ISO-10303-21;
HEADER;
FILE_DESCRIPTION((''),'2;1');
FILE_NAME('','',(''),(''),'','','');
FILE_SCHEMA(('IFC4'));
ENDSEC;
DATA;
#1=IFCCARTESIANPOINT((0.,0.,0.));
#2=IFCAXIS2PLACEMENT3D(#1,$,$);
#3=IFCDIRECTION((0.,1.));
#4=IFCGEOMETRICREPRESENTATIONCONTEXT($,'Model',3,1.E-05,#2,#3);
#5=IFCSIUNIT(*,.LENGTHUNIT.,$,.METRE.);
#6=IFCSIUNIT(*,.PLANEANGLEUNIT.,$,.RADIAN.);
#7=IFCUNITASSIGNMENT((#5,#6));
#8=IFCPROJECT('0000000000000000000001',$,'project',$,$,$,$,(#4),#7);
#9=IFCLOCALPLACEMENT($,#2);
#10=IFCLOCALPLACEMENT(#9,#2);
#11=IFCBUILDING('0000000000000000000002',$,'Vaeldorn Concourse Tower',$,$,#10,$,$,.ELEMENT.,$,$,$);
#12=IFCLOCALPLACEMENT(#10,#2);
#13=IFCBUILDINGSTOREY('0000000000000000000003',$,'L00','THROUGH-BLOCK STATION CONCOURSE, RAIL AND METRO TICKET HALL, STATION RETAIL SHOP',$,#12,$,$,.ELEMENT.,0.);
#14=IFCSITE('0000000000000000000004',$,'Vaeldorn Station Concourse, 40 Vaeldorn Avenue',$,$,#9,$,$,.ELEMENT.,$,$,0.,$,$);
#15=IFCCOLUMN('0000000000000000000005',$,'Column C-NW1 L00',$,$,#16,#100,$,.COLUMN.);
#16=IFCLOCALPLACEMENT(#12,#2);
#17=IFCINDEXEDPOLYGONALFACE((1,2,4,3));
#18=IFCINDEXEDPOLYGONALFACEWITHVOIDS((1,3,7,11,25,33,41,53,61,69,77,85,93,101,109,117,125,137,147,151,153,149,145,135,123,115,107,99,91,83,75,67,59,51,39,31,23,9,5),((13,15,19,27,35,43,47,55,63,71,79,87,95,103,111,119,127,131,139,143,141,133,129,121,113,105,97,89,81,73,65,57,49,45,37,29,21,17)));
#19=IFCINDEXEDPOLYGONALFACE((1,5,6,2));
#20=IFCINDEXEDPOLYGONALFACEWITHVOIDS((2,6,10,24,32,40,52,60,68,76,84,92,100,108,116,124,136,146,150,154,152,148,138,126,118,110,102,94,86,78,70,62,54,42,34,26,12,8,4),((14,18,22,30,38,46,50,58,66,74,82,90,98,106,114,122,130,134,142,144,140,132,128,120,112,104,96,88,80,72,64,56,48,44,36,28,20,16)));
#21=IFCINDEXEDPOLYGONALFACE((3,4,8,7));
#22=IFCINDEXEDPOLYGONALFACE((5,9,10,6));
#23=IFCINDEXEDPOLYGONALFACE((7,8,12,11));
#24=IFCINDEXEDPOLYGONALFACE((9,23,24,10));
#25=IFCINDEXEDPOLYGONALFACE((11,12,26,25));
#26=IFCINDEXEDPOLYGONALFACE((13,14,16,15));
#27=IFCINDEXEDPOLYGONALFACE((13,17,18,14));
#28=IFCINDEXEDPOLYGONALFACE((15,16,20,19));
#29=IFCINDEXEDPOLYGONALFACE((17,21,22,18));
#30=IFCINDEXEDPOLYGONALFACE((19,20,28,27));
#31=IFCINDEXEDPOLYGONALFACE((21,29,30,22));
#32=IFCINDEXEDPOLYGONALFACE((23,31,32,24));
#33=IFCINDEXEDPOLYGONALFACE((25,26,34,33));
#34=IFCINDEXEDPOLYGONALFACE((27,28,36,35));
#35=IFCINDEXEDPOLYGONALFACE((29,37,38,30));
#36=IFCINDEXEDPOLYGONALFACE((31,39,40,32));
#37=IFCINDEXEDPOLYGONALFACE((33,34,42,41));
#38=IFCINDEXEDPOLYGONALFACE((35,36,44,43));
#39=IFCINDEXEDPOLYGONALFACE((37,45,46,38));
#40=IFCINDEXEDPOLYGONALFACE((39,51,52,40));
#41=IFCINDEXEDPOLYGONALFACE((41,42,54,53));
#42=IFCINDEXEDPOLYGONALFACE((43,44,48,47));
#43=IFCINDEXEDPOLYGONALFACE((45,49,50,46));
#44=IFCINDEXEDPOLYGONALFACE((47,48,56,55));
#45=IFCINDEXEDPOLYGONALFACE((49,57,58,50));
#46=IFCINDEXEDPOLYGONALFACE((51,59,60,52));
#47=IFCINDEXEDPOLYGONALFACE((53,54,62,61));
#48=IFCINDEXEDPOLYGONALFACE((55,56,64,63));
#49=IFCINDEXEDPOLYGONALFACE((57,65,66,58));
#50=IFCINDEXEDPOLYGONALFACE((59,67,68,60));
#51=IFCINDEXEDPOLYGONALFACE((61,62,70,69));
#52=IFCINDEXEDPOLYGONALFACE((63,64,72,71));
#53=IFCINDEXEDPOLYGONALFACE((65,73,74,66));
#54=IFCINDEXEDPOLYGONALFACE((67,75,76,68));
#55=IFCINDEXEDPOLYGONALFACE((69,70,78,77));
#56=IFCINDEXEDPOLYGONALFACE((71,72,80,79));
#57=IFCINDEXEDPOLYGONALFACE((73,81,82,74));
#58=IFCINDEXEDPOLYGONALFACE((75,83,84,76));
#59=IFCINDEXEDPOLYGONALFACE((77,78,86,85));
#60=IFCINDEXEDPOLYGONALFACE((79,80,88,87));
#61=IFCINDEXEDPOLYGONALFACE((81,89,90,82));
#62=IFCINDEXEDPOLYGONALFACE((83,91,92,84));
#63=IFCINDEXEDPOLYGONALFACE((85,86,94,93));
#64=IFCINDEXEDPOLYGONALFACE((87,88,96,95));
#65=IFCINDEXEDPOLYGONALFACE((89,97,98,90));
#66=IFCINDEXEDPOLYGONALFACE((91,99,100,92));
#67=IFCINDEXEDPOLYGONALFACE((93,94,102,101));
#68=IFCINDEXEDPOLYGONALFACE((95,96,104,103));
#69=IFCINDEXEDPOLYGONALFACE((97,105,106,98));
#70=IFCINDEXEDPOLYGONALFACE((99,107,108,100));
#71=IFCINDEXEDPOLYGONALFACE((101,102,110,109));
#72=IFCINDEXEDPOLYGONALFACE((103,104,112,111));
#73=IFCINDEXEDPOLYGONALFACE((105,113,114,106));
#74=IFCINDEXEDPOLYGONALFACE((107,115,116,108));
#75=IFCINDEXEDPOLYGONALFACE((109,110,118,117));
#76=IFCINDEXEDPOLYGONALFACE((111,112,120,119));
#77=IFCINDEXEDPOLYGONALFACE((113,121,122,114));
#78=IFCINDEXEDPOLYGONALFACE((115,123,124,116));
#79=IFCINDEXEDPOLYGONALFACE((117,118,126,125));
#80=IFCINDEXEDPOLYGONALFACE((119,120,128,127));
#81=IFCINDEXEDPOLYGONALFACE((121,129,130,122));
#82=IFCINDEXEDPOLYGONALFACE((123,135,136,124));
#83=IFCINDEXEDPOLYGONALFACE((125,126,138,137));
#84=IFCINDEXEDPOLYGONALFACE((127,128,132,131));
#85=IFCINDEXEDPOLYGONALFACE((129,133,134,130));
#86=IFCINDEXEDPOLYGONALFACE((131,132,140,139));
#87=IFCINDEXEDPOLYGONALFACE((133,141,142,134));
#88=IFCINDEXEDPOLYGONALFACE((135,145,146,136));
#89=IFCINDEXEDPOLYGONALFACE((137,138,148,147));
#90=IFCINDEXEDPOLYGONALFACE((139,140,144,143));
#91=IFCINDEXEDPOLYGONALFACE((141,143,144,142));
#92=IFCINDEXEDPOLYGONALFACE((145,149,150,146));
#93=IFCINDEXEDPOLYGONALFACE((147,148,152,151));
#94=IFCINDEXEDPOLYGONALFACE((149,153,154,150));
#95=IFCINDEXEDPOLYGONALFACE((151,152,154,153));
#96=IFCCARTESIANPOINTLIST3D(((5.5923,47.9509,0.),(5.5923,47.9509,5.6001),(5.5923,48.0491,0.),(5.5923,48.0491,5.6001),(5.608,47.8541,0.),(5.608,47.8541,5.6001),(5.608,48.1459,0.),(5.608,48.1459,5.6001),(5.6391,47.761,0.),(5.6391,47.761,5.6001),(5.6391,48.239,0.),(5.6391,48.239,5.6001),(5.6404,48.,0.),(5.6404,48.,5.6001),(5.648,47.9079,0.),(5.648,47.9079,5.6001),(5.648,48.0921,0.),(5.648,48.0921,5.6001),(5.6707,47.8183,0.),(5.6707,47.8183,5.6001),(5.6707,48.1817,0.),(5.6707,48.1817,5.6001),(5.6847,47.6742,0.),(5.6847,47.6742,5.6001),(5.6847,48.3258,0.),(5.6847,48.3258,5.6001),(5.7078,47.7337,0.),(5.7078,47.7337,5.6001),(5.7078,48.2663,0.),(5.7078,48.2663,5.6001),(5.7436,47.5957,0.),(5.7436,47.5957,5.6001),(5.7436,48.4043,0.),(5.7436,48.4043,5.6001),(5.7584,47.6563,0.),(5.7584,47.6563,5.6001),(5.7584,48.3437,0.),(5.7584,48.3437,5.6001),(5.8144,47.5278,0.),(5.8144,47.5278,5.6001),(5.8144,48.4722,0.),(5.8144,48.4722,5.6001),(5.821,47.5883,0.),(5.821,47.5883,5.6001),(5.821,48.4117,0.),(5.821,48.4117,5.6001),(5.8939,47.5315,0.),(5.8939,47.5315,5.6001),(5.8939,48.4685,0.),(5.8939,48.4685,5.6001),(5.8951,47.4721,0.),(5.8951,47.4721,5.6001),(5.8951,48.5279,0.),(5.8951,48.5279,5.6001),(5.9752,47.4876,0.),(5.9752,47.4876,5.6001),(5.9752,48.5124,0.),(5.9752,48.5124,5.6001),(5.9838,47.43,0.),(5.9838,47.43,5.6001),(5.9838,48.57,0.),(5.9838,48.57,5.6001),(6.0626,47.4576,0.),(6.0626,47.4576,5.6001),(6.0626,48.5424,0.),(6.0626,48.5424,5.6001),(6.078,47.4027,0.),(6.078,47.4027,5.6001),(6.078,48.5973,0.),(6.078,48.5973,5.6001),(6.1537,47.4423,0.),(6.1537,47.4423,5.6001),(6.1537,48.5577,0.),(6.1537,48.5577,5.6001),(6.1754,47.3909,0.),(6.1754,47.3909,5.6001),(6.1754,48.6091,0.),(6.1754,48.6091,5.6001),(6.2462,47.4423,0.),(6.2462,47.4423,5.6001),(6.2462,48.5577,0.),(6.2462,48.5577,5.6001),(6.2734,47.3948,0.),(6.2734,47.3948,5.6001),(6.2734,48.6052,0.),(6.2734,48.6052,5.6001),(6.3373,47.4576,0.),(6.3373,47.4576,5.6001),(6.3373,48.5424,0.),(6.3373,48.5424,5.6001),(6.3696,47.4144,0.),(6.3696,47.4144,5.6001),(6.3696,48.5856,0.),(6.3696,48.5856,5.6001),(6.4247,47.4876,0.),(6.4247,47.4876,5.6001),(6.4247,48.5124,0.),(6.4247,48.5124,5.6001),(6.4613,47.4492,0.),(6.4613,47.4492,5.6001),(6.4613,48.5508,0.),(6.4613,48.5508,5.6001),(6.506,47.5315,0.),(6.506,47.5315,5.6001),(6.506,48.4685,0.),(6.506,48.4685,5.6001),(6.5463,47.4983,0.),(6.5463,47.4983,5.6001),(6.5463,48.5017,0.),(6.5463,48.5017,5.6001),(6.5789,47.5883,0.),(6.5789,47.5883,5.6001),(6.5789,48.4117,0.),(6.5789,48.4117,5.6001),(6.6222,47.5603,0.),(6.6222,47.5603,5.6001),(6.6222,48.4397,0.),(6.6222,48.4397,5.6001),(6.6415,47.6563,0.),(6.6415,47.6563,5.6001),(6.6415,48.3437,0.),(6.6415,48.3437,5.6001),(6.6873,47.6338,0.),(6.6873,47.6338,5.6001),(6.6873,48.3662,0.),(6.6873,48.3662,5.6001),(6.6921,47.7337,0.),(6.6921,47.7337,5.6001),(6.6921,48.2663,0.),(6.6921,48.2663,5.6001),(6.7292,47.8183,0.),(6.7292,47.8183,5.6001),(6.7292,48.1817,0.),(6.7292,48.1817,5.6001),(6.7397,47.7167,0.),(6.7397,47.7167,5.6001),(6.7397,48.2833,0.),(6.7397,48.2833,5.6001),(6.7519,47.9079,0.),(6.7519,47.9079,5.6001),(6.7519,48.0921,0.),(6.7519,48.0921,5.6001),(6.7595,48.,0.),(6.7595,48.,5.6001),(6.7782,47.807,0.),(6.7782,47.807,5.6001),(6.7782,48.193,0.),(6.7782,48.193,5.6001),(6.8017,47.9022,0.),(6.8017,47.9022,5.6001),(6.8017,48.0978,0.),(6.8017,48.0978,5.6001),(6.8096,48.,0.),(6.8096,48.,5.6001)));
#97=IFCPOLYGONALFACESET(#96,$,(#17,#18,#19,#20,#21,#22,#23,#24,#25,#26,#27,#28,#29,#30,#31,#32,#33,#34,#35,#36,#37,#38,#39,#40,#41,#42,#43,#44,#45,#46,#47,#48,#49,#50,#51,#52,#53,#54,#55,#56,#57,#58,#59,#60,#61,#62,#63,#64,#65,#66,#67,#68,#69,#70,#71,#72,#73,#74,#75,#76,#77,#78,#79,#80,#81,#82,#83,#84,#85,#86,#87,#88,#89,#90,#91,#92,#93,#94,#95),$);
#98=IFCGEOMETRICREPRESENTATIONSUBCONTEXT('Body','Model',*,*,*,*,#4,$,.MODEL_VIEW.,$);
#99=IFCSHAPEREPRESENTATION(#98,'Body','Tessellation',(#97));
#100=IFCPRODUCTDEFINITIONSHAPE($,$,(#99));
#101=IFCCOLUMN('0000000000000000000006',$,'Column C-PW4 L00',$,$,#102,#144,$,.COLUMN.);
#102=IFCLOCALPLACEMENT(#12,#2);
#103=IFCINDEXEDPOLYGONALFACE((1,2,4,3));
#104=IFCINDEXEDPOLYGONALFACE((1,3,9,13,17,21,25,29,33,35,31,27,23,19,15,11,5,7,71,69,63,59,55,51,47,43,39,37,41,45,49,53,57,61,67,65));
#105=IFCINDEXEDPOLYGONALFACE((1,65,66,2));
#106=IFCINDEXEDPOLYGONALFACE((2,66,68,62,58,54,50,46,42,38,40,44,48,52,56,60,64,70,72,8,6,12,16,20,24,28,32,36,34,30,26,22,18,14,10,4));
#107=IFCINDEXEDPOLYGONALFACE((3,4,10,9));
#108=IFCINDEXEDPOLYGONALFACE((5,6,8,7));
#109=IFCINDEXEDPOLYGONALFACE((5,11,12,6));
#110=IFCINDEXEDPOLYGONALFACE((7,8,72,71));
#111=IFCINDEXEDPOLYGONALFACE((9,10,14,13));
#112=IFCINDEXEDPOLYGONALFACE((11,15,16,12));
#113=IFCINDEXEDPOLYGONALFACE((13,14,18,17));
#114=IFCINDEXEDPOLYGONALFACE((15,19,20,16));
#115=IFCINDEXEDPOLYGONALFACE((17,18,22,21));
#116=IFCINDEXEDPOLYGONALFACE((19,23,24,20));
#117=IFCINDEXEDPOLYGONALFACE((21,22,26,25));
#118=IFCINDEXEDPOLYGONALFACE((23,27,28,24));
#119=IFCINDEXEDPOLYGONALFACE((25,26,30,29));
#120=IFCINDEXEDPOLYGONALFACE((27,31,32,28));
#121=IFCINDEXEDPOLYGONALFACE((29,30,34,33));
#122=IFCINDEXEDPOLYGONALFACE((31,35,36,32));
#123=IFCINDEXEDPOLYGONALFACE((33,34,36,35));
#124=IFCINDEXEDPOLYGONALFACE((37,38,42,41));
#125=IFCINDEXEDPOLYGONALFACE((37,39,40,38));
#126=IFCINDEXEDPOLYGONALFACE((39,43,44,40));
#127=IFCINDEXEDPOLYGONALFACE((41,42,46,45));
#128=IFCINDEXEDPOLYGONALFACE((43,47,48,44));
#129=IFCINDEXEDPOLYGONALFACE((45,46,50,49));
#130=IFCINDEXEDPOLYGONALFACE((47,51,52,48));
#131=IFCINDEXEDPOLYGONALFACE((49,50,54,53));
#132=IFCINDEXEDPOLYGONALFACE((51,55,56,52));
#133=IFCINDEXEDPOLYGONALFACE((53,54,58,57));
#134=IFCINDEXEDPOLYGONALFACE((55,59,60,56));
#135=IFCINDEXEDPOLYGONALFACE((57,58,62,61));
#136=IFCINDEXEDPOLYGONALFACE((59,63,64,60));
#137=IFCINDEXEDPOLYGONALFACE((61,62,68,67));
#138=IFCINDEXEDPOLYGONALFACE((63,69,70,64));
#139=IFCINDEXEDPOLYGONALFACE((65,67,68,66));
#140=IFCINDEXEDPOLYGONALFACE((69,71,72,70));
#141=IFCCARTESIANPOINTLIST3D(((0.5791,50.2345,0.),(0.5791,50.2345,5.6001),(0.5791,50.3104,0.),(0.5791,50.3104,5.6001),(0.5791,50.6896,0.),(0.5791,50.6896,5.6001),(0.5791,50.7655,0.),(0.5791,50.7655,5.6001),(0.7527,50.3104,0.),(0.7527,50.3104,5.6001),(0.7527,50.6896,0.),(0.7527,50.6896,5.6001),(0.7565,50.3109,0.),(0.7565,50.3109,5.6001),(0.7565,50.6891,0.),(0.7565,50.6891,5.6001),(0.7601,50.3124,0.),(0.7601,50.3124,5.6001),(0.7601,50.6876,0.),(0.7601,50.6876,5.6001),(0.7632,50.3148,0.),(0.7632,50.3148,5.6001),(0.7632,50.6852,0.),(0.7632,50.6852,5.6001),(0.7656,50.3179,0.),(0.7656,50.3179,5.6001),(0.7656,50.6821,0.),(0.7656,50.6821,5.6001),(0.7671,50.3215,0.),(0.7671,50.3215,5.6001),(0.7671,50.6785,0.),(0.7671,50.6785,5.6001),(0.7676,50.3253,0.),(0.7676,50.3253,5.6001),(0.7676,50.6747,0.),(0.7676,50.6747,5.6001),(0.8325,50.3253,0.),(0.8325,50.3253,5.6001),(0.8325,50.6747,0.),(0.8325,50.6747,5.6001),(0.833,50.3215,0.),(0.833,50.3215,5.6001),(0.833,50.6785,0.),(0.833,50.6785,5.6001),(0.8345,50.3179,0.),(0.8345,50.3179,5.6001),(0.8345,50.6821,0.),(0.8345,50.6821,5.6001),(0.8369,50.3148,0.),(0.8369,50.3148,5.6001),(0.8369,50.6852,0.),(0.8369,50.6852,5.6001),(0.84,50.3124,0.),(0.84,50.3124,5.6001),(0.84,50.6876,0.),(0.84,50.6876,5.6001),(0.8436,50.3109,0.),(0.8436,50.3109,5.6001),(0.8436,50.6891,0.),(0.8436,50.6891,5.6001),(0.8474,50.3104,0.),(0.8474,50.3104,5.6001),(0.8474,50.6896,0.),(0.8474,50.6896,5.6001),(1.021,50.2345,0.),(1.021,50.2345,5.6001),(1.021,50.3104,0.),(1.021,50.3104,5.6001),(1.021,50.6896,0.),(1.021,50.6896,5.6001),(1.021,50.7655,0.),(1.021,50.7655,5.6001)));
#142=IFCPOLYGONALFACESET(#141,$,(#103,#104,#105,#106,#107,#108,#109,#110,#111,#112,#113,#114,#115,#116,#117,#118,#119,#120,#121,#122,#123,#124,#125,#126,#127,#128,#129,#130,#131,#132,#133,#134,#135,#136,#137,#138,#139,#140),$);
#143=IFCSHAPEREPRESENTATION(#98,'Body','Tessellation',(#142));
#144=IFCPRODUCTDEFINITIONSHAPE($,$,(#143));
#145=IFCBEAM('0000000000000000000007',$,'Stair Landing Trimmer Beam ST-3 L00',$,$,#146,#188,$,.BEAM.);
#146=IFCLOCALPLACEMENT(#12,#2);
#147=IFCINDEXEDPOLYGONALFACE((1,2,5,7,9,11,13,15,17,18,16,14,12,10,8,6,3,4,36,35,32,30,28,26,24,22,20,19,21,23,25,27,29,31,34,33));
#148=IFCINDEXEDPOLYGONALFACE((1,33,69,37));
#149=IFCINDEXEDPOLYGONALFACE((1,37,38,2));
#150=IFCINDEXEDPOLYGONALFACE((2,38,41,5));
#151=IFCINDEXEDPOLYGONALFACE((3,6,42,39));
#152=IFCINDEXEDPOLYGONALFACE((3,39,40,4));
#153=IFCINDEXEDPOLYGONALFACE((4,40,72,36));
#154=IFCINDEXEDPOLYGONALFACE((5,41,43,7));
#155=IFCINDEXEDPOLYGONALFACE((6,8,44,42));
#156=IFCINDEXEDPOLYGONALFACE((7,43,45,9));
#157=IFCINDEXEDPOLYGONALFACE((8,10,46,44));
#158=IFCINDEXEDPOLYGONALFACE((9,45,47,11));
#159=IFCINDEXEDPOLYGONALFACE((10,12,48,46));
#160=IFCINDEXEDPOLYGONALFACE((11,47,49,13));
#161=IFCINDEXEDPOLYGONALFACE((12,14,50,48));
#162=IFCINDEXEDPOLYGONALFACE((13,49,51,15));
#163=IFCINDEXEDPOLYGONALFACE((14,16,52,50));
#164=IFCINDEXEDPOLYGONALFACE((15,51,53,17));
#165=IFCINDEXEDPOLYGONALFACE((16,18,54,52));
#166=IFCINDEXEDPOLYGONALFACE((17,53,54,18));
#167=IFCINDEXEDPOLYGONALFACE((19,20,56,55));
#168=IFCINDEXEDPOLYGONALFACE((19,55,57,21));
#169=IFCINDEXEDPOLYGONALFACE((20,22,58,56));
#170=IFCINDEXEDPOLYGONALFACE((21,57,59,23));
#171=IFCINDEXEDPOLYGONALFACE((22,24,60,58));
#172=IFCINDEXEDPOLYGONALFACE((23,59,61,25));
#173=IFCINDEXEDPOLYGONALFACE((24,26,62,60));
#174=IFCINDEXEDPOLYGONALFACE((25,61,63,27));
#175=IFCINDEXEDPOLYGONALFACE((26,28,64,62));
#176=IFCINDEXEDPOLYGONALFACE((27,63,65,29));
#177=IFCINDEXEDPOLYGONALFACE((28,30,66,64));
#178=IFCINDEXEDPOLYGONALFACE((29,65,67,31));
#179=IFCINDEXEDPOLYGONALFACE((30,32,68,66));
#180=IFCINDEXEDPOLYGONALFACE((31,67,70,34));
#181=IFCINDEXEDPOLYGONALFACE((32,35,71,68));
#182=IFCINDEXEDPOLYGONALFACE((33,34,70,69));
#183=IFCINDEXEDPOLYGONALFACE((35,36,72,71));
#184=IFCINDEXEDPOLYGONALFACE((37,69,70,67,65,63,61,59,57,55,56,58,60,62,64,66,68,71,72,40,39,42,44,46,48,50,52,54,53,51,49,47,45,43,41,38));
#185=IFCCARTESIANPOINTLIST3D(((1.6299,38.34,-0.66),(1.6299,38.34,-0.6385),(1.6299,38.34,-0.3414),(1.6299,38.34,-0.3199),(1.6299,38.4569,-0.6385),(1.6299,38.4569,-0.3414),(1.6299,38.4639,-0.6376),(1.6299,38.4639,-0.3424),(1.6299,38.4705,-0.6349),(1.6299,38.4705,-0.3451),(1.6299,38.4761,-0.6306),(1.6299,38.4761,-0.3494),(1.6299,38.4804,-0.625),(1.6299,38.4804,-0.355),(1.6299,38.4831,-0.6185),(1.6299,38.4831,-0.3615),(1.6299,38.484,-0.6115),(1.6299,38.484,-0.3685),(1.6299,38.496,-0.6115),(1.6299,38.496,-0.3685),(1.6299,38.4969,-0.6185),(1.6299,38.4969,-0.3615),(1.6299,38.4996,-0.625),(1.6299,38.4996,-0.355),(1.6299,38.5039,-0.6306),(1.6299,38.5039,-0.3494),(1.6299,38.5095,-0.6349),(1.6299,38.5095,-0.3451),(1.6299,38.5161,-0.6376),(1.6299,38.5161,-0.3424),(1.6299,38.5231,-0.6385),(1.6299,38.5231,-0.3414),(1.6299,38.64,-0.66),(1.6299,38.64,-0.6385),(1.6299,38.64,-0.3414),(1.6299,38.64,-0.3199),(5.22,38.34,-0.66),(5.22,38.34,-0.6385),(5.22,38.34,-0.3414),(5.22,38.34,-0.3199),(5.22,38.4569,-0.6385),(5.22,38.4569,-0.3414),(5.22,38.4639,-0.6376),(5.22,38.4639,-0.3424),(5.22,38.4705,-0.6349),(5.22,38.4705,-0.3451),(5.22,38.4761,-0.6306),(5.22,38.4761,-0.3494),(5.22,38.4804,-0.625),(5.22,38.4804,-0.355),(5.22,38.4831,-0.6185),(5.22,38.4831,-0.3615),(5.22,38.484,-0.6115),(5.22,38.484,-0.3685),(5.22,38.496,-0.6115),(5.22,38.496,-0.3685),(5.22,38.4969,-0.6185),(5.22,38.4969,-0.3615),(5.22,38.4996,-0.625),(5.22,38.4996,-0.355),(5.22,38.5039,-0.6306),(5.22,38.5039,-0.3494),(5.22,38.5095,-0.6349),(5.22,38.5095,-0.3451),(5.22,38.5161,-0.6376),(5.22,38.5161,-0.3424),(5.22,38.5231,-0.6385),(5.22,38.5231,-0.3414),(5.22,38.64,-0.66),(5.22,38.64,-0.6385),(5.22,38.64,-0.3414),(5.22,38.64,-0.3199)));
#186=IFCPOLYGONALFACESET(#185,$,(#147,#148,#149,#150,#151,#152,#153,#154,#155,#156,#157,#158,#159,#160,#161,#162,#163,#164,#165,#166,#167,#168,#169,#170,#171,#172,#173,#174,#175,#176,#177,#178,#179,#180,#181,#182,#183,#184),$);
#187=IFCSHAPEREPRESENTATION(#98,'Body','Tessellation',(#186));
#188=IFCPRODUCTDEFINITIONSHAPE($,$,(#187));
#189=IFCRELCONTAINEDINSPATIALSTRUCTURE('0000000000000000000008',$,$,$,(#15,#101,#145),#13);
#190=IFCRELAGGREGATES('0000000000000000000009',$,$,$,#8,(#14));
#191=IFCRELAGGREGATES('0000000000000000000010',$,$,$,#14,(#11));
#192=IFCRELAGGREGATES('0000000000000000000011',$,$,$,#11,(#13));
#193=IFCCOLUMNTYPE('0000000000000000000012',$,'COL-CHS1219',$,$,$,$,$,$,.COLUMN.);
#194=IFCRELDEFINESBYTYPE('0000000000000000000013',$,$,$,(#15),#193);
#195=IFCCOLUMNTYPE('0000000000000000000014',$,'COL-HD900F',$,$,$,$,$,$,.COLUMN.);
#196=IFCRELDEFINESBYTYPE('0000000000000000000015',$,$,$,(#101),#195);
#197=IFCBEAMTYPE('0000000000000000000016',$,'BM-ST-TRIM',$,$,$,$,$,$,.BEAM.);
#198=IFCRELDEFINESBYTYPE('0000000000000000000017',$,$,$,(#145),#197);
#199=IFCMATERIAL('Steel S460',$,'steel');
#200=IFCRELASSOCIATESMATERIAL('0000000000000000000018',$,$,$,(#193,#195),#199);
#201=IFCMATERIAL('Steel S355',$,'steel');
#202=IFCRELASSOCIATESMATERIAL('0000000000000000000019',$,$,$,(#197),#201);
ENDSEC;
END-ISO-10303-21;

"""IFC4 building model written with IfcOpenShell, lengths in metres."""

from ifc_helpers import new_model, si_unit, direction, frame, origin, origin_2d, place, context, subcontext, project, spatial, hollow_circle, i_section, extrude, source, transform, mapped, material, material_profile, profile_set, type_object, element, save


model = new_model("IFC4")

# Units and contexts
model_context = context("Model", 3, precision=1e-05, world=origin(), true_north=direction((0.0, 1.0)))
body_context = subcontext(model_context, "Body", "Model", "MODEL_VIEW")
ifc_project = project(units=[si_unit("LENGTHUNIT", "METRE"), si_unit("PLANEANGLEUNIT", "RADIAN")], contexts=[model_context])

# Site, building, storey
site_placement = place(None, origin())
site = spatial("IfcSite", under=ifc_project, at=site_placement, Name="Vaeldorn Station Concourse, 40 Vaeldorn Avenue", CompositionType="ELEMENT", RefElevation=0.0)
building_placement = place(site_placement, origin())
building = spatial("IfcBuilding", under=site, at=building_placement, Name="Vaeldorn Concourse Tower", CompositionType="ELEMENT")
storey_placement = place(building_placement, origin())
storey = spatial("IfcBuildingStorey", under=building, at=storey_placement, Name="L00", Description="THROUGH-BLOCK STATION CONCOURSE, RAIL AND METRO TICKET HALL, STATION RETAIL SHOP", CompositionType="ELEMENT", Elevation=0.0)

# Columns
ifc_material_1 = material(Name="Steel S460", Category="steel")
ifc_material_profile_1 = material_profile(ifc_material_1, hollow_circle(Radius=0.6096, WallThickness=0.05, at=origin_2d()), Name="CHS 1219x50")
ifc_profile_set_1 = profile_set([ifc_material_profile_1], Name="Steel S460")
column_type_1 = type_object("IfcColumnType", Name="COL-CHS1219", PredefinedType="COLUMN", material=ifc_profile_set_1)
shared_shape_1 = source(origin(), body_context, "Body", "SweptSolid", [
    extrude(hollow_circle(Radius=0.6096, WallThickness=0.05, at=origin_2d()), origin(), (0.0, 0.0, 1.0), 5.6001),
])
column_1_placement = place(storey_placement, frame((6.2, 48.0, 0.0), z_axis=(0.0, 0.0, 1.0), x_axis=(1.0, 0.0, 0.0)))
element("IfcColumn", 1, at=column_1_placement, inside=storey, type_object=column_type_1, Name="Column C-NW1 L00", PredefinedType="COLUMN", context=body_context, shape_type="MappedRepresentation", body=[
    mapped(shared_shape_1, transform((0.0, 0.0, 0.0), scale=1.0)),
])
ifc_material_profile_2 = material_profile(ifc_material_1, i_section(OverallWidth=0.4419, OverallDepth=0.531, WebThickness=0.0649, FlangeThickness=0.0759, FilletRadius=0.0149, at=origin_2d()), Name="HD 400x900")
ifc_profile_set_2 = profile_set([ifc_material_profile_2], Name="Steel S460")
column_type_2 = type_object("IfcColumnType", Name="COL-HD900F", PredefinedType="COLUMN", material=ifc_profile_set_2)
shared_shape_2 = source(origin(), body_context, "Body", "SweptSolid", [
    extrude(i_section(OverallWidth=0.4419, OverallDepth=0.531, WebThickness=0.0649, FlangeThickness=0.0759, FilletRadius=0.0149, at=origin_2d()), origin(), (0.0, 0.0, 1.0), 5.6001),
])
column_2_placement = place(storey_placement, frame((0.8, 50.5, 0.0), z_axis=(0.0, 0.0, 1.0), x_axis=(1.0, 0.0, 0.0)))
element("IfcColumn", 2, at=column_2_placement, inside=storey, type_object=column_type_2, Name="Column C-PW4 L00", PredefinedType="COLUMN", context=body_context, shape_type="MappedRepresentation", body=[
    mapped(shared_shape_2, transform((0.0, 0.0, 0.0), scale=1.0)),
])

# Beam
ifc_material_2 = material(Name="Steel S355", Category="steel")
ifc_material_profile_3 = material_profile(ifc_material_2, i_section(OverallWidth=0.3, OverallDepth=0.3401, WebThickness=0.012, FlangeThickness=0.0215, FilletRadius=0.0271, at=origin_2d()), Name="HEB 340")
ifc_profile_set_3 = profile_set([ifc_material_profile_3], Name="Steel S355")
beam_type_1 = type_object("IfcBeamType", Name="BM-ST-TRIM", PredefinedType="BEAM", material=ifc_profile_set_3)
shared_shape_3 = source(origin(), body_context, "Body", "SweptSolid", [
    extrude(i_section(OverallWidth=0.3, OverallDepth=0.3401, WebThickness=0.012, FlangeThickness=0.0215, FilletRadius=0.0271, at=origin_2d()), origin(), (0.0, 0.0, 1.0), 3.5901),
])
beam_1_placement = place(storey_placement, frame((1.6299, 38.49, -0.49), z_axis=(1.0, 0.0, 0.0), x_axis=(0.0, 1.0, 0.0)))
element("IfcBeam", 3, at=beam_1_placement, inside=storey, type_object=beam_type_1, Name="Stair Landing Trimmer Beam ST-3 L00", PredefinedType="BEAM", context=body_context, shape_type="MappedRepresentation", body=[
    mapped(shared_shape_3, transform((0.0, 0.0, 0.0), scale=1.0)),
])

save(model, "model.ifc")
